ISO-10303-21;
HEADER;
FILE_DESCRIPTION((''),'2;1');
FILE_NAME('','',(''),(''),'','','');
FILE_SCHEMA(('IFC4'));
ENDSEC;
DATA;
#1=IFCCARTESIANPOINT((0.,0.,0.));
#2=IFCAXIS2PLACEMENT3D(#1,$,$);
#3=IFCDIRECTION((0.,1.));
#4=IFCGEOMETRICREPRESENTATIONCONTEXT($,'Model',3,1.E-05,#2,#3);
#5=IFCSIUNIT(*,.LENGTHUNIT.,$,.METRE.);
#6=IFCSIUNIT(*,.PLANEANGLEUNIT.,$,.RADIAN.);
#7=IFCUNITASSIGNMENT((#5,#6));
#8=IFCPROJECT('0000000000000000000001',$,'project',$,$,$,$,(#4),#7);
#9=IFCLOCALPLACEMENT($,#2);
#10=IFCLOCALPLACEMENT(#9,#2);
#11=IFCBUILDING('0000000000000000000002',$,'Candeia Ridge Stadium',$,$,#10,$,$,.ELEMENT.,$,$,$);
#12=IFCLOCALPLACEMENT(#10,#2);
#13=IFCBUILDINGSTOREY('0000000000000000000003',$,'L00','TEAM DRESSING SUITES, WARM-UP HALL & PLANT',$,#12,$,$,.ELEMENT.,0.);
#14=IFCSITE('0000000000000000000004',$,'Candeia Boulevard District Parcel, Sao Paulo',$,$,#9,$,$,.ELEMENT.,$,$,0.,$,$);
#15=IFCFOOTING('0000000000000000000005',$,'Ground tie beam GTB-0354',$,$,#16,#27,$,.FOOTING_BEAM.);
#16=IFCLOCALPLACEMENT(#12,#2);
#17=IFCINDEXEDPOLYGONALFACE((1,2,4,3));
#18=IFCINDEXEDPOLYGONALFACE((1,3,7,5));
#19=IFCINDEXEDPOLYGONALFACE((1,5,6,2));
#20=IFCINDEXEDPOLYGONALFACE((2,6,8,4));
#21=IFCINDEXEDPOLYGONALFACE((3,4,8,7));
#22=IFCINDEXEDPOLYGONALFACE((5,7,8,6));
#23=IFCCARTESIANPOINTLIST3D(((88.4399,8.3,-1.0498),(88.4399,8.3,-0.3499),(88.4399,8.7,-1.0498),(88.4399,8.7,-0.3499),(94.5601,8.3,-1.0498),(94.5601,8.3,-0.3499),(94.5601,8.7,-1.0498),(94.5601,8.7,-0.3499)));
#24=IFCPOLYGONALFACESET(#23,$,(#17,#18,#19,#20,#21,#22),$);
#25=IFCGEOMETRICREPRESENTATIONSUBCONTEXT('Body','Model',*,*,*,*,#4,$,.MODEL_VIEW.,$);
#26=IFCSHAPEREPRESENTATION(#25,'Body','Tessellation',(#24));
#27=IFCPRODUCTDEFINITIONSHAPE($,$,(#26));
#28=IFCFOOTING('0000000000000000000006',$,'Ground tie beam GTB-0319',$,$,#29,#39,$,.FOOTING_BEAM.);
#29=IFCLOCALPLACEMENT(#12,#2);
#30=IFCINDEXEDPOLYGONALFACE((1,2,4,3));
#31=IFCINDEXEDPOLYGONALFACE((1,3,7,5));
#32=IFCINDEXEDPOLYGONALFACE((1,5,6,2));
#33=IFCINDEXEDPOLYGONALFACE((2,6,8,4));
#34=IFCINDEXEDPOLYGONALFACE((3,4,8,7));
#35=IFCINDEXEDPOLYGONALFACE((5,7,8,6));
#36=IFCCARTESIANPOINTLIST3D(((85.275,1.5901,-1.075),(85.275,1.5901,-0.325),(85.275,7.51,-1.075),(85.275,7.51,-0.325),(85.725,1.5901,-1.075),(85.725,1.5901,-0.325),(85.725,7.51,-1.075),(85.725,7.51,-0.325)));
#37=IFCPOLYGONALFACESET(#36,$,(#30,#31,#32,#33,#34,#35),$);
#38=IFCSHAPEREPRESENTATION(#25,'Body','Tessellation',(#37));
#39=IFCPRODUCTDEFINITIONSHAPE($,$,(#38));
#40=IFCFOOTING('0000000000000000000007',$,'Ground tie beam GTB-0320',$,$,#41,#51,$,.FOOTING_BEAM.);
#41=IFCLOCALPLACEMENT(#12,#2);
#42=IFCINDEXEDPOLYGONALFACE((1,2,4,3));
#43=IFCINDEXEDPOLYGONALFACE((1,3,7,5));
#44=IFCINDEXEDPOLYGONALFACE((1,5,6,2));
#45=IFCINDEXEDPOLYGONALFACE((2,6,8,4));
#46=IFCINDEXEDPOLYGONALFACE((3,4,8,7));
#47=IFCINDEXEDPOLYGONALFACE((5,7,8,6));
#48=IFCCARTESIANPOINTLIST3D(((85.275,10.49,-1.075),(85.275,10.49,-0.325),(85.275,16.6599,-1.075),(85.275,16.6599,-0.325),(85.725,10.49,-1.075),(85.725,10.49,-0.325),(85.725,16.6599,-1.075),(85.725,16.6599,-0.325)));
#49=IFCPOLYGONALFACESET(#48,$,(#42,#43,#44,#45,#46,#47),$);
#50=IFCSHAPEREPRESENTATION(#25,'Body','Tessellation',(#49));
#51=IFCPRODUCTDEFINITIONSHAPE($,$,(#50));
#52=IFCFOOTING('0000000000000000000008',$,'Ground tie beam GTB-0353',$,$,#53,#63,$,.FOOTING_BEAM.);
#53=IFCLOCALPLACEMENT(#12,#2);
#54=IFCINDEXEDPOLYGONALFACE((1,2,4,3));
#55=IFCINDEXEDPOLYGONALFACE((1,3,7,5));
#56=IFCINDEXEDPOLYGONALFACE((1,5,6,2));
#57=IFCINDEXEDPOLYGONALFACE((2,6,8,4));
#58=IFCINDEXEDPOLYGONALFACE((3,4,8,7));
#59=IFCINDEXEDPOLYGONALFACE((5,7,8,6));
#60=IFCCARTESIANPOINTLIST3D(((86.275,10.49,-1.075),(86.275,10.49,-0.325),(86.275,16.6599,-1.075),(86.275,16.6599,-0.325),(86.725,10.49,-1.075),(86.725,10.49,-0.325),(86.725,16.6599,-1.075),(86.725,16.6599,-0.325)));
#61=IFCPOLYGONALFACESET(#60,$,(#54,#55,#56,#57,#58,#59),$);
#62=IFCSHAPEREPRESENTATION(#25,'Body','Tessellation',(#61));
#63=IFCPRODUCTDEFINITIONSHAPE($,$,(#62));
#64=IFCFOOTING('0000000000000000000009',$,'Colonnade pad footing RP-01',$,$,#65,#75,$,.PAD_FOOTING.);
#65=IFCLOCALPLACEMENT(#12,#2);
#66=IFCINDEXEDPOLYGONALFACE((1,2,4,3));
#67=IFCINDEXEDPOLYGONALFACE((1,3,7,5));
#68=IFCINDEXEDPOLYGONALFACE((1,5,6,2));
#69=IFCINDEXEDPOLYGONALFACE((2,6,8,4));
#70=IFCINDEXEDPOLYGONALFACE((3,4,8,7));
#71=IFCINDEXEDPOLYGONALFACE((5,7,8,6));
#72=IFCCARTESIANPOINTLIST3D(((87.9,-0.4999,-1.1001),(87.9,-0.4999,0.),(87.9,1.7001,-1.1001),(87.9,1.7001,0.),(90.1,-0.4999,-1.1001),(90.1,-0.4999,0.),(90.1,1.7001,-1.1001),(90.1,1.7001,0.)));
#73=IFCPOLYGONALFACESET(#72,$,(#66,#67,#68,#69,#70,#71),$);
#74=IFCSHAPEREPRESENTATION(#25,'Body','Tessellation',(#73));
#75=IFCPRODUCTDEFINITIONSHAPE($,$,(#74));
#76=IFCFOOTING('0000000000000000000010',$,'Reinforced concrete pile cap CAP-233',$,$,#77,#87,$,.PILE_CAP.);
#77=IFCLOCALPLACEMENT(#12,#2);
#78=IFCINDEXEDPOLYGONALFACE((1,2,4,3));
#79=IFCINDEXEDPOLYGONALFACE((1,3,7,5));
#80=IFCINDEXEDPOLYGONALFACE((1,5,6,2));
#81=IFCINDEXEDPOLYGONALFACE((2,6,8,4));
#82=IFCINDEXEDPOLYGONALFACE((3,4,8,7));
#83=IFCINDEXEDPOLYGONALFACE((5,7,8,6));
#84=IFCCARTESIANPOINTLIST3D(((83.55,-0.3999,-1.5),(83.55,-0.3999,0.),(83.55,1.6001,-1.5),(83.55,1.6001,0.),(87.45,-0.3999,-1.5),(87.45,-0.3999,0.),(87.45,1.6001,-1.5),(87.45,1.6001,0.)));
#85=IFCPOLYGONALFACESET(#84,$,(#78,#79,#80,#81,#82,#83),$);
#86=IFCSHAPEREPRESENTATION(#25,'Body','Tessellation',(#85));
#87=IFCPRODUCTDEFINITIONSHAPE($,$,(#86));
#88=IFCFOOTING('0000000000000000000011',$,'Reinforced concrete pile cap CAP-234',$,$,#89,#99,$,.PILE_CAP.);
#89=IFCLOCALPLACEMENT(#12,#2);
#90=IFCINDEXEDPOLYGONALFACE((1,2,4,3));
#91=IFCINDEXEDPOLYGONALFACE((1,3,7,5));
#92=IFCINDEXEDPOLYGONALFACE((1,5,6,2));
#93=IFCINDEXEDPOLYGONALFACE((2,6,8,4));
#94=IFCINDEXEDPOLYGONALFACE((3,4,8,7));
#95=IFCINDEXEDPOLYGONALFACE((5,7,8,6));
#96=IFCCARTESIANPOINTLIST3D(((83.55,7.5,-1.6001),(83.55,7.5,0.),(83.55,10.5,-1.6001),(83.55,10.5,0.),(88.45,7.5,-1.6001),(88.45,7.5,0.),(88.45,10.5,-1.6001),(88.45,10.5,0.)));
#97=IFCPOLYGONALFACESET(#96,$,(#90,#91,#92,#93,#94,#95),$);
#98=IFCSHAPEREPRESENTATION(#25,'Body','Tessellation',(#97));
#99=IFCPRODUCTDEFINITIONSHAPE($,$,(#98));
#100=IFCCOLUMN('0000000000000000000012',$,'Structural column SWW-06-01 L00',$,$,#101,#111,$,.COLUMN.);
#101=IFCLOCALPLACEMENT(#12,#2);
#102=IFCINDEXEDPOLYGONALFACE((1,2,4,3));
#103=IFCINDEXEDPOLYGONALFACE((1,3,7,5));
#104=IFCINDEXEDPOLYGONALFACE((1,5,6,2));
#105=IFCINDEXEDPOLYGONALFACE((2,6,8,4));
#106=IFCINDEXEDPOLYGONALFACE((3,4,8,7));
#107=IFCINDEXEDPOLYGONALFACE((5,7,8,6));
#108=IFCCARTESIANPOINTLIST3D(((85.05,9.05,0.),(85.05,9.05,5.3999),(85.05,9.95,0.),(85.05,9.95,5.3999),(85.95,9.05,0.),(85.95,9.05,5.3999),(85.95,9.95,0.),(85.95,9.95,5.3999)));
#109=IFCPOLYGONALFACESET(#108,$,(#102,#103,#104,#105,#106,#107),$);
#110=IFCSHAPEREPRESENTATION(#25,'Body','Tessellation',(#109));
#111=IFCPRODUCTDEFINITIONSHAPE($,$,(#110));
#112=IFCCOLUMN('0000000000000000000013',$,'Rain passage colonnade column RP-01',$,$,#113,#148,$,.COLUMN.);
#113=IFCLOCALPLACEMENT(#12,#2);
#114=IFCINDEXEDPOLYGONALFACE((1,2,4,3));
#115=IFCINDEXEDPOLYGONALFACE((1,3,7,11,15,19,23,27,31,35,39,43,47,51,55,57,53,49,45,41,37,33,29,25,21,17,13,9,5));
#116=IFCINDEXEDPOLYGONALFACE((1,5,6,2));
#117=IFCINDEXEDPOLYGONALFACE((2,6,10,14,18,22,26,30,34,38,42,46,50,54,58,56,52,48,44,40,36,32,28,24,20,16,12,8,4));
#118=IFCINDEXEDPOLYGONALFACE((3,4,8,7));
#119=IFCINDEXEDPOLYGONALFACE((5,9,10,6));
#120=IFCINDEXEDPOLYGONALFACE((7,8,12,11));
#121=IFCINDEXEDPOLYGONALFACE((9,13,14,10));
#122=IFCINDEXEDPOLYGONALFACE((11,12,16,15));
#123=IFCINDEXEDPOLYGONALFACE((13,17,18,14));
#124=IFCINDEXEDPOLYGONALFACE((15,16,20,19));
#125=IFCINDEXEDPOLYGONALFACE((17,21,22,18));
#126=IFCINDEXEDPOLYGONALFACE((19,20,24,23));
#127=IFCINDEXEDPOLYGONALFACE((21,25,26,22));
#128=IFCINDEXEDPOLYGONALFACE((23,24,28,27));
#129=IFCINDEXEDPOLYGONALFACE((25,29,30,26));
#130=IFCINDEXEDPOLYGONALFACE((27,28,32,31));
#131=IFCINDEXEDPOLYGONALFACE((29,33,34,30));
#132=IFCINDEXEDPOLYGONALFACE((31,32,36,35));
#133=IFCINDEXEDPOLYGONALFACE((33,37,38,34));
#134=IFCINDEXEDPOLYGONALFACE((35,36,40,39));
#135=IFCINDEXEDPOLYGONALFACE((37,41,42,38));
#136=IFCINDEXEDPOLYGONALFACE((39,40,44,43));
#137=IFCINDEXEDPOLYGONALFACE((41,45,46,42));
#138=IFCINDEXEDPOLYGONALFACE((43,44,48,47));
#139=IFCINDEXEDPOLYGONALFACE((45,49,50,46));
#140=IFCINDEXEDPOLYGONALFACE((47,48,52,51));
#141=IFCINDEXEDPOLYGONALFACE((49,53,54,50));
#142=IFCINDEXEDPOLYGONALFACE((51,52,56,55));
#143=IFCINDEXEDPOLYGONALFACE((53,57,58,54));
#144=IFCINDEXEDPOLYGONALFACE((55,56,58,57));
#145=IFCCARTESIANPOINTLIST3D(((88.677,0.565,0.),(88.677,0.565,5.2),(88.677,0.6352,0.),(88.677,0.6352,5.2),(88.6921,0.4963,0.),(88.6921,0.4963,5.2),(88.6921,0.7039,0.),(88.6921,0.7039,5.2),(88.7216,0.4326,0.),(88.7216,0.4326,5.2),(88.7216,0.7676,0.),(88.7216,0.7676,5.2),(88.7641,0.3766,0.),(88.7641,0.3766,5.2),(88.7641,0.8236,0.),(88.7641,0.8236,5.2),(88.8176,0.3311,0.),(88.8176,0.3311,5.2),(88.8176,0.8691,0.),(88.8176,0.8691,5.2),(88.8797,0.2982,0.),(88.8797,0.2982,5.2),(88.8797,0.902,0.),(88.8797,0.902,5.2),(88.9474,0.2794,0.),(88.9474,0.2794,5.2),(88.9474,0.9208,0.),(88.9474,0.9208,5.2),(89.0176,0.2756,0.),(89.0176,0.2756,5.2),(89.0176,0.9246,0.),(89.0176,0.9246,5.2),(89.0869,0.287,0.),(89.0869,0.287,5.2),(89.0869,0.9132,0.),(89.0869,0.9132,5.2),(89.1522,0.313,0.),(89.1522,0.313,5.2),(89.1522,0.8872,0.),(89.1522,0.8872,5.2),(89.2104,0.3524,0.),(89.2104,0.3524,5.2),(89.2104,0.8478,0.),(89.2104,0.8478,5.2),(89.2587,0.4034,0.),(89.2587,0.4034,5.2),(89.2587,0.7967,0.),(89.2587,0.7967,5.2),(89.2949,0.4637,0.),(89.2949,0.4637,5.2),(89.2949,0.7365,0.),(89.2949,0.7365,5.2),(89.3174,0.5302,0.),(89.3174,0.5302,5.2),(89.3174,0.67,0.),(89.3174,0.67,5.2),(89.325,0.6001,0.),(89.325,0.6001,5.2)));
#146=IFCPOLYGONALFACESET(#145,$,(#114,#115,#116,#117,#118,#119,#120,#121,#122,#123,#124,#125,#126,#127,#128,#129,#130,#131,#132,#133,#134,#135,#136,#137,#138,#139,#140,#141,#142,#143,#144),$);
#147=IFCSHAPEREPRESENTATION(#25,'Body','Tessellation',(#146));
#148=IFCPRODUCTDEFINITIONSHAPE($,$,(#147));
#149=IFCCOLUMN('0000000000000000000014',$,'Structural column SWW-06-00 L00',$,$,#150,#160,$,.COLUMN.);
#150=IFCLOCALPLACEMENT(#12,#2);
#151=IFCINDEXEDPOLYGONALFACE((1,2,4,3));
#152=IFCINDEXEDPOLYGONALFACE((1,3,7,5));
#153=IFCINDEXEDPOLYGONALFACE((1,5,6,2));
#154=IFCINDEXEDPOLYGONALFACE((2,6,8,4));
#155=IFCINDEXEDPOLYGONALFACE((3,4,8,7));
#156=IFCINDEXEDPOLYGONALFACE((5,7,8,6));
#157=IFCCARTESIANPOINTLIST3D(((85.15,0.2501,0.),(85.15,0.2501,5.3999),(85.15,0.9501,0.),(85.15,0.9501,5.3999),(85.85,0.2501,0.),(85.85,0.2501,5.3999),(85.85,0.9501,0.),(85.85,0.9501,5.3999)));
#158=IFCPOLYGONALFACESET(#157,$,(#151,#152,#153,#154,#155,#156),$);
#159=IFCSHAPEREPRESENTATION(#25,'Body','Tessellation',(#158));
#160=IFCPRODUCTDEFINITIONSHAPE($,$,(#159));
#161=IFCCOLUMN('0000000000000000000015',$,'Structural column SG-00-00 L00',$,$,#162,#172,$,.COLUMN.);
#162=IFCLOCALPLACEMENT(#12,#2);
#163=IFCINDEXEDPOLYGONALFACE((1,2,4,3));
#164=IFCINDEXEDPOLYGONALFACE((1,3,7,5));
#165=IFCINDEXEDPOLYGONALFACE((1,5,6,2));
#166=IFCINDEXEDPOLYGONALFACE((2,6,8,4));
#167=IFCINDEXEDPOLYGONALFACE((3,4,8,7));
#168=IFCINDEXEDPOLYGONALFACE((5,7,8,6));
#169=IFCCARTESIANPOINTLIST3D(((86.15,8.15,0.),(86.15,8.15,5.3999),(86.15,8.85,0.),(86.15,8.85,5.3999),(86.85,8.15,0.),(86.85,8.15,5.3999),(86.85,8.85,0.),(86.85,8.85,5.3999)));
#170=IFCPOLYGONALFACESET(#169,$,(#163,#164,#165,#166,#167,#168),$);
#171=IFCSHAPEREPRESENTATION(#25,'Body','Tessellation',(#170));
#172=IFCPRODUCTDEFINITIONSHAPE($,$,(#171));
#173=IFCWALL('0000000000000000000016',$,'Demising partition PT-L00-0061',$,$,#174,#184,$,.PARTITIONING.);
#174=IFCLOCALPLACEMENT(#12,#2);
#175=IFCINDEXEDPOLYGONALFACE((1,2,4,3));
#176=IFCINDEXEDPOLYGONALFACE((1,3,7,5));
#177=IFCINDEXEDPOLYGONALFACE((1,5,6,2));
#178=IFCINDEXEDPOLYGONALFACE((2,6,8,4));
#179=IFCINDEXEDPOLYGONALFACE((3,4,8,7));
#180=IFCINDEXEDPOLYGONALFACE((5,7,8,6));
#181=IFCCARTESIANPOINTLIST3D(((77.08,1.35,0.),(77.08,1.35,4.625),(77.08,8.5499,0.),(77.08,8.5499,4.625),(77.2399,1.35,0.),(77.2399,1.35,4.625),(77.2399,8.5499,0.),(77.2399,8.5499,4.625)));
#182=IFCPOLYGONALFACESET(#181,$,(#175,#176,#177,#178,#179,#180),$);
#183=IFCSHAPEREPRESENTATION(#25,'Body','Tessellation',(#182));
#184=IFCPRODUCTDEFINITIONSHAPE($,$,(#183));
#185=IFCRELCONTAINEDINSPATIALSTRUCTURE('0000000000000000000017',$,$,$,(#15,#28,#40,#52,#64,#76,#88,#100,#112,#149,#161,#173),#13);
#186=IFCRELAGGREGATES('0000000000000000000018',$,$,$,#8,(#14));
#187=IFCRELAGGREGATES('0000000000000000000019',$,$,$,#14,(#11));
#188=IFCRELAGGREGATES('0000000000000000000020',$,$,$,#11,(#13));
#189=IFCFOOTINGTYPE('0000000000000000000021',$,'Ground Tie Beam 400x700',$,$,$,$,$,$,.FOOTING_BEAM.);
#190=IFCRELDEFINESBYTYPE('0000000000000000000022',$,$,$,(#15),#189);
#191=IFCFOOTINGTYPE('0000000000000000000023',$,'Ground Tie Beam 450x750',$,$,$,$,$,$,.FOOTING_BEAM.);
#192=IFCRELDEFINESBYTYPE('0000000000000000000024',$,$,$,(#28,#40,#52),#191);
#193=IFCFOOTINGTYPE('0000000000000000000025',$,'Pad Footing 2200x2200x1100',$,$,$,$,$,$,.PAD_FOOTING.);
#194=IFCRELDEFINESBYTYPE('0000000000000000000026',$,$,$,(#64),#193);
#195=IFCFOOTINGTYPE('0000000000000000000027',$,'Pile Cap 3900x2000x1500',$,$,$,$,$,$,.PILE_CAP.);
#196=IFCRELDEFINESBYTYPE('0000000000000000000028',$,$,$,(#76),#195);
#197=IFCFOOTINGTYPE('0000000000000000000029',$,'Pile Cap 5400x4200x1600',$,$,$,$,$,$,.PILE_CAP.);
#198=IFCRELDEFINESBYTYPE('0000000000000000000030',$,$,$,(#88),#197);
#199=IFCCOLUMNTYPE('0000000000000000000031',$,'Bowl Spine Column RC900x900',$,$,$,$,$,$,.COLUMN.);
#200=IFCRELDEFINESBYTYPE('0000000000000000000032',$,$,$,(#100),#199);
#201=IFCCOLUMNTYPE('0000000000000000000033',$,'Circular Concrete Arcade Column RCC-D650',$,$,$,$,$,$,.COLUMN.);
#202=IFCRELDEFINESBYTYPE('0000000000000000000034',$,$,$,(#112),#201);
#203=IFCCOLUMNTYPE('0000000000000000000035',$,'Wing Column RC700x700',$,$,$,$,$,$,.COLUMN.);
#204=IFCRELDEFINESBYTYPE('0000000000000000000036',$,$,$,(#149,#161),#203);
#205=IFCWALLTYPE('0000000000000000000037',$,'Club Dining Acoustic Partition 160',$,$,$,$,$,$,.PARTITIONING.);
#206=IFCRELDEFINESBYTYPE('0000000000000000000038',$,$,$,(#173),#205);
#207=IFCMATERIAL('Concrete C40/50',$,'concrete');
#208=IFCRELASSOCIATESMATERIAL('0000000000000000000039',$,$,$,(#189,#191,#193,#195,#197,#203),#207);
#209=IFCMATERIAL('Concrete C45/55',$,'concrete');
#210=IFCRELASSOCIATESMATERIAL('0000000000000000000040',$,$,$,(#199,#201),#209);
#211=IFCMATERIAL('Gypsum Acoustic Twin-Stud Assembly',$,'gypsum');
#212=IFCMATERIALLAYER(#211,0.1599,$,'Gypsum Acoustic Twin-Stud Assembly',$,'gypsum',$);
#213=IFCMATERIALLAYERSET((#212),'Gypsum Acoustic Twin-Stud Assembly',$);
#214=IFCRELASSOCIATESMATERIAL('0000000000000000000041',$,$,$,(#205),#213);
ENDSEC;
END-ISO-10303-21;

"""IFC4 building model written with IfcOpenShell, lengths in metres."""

from ifc_helpers import new_model, si_unit, direction, frame, frame_2d, origin, origin_2d, place, context, subcontext, project, spatial, rectangle, circle, extrude, material, layer, layer_set, material_profile, profile_set, type_object, element, save


model = new_model("IFC4")

# Units and contexts
model_context = context("Model", 3, precision=1e-05, world=origin(), true_north=direction((0.0, 1.0)))
body_context = subcontext(model_context, "Body", "Model", "MODEL_VIEW")
ifc_project = project(units=[si_unit("LENGTHUNIT", "METRE"), si_unit("PLANEANGLEUNIT", "RADIAN")], contexts=[model_context])

# Site, building, storey
site_placement = place(None, origin())
site = spatial("IfcSite", under=ifc_project, at=site_placement, Name="Candeia Boulevard District Parcel, Sao Paulo", CompositionType="ELEMENT", RefElevation=0.0)
building_placement = place(site_placement, origin())
building = spatial("IfcBuilding", under=site, at=building_placement, Name="Candeia Ridge Stadium", CompositionType="ELEMENT")
storey_placement = place(building_placement, origin())
storey = spatial("IfcBuildingStorey", under=building, at=storey_placement, Name="L00", Description="TEAM DRESSING SUITES, WARM-UP HALL & PLANT", CompositionType="ELEMENT", Elevation=0.0)

# Shared definitions
ifc_material_1 = material(Name="Concrete C40/50", Category="concrete")

# Footings
footing_type_1 = type_object("IfcFootingType", Name="Ground Tie Beam 400x700", PredefinedType="FOOTING_BEAM", material=ifc_material_1)
for number, where, z_axis, x_axis, name in (
    (1, (91.5, 8.5, -1.0498), (0.0, 0.0, 1.0), (1.0, 0.0, 0.0), "Ground tie beam GTB-0354"),
):
    element("IfcFooting", number, at=place(storey_placement, frame(where, z_axis=z_axis, x_axis=x_axis)), inside=storey, type_object=footing_type_1, Name=name, PredefinedType="FOOTING_BEAM", context=body_context, shape_type="SweptSolid", body=[
        extrude(rectangle(XDim=6.1201, YDim=0.3999, at=origin_2d()), origin(), (0.0, 0.0, 1.0), 0.7),
    ])
footing_type_2 = type_object("IfcFootingType", Name="Ground Tie Beam 450x750", PredefinedType="FOOTING_BEAM", material=ifc_material_1)
footing_1_placement = place(storey_placement, frame((85.5, 4.55, -1.075), z_axis=(0.0, 0.0, 1.0), x_axis=(0.0, 1.0, 0.0)))
element("IfcFooting", 2, at=footing_1_placement, inside=storey, type_object=footing_type_2, Name="Ground tie beam GTB-0319", PredefinedType="FOOTING_BEAM", context=body_context, shape_type="SweptSolid", body=[
    extrude(rectangle(XDim=5.9199, YDim=0.45, at=origin_2d()), origin(), (0.0, 0.0, 1.0), 0.75),
])
for number, where, z_axis, x_axis, name in (
    (3, (85.5, 13.575, -1.075), (0.0, 0.0, 1.0), (0.0, 1.0, 0.0), "Ground tie beam GTB-0320"),
    (4, (86.5, 13.575, -1.075), (0.0, 0.0, 1.0), (0.0, 1.0, 0.0), "Ground tie beam GTB-0353"),
):
    element("IfcFooting", number, at=place(storey_placement, frame(where, z_axis=z_axis, x_axis=x_axis)), inside=storey, type_object=footing_type_2, Name=name, PredefinedType="FOOTING_BEAM", context=body_context, shape_type="SweptSolid", body=[
        extrude(rectangle(XDim=6.1699, YDim=0.45, at=origin_2d()), origin(), (0.0, 0.0, 1.0), 0.75),
    ])
footing_type_3 = type_object("IfcFootingType", Name="Pad Footing 2200x2200x1100", PredefinedType="PAD_FOOTING", material=ifc_material_1)
footing_2_placement = place(storey_placement, frame((89.0, 0.6001, -1.1001), z_axis=(0.0, 0.0, 1.0), x_axis=(1.0, 0.0, 0.0)))
element("IfcFooting", 5, at=footing_2_placement, inside=storey, type_object=footing_type_3, Name="Colonnade pad footing RP-01", PredefinedType="PAD_FOOTING", context=body_context, shape_type="SweptSolid", body=[
    extrude(rectangle(XDim=2.2, YDim=2.2, at=origin_2d()), origin(), (0.0, 0.0, 1.0), 1.1001),
])
footing_type_4 = type_object("IfcFootingType", Name="Pile Cap 3900x2000x1500", PredefinedType="PILE_CAP", material=ifc_material_1)
footing_3_placement = place(storey_placement, frame((85.5, 0.6001, -1.5), z_axis=(0.0, 0.0, 1.0), x_axis=(1.0, 0.0, 0.0)))
element("IfcFooting", 6, at=footing_3_placement, inside=storey, type_object=footing_type_4, Name="Reinforced concrete pile cap CAP-233", PredefinedType="PILE_CAP", context=body_context, shape_type="SweptSolid", body=[
    extrude(rectangle(XDim=3.8999, YDim=2.0, at=origin_2d()), origin(), (0.0, 0.0, 1.0), 1.5),
])
footing_type_5 = type_object("IfcFootingType", Name="Pile Cap 5400x4200x1600", PredefinedType="PILE_CAP", material=ifc_material_1)
footing_4_placement = place(storey_placement, frame((86.0, 9.0, -1.6001), z_axis=(0.0, 0.0, 1.0), x_axis=(1.0, 0.0, 0.0)))
element("IfcFooting", 7, at=footing_4_placement, inside=storey, type_object=footing_type_5, Name="Reinforced concrete pile cap CAP-234", PredefinedType="PILE_CAP", context=body_context, shape_type="SweptSolid", body=[
    extrude(rectangle(XDim=4.8999, YDim=3.0, at=origin_2d()), origin(), (0.0, 0.0, 1.0), 1.6001),
])

# Columns
ifc_material_2 = material(Name="Concrete C45/55", Category="concrete")
ifc_material_profile_1 = material_profile(ifc_material_2, rectangle(XDim=0.8999, YDim=0.8999, at=origin_2d()), Name="RC900x900", Category="concrete")
ifc_profile_set_1 = profile_set([ifc_material_profile_1], Name="Concrete C45/55")
column_type_1 = type_object("IfcColumnType", Name="Bowl Spine Column RC900x900", PredefinedType="COLUMN", material=ifc_profile_set_1)
column_1_placement = place(storey_placement, frame((85.5, 9.5, 0.0), z_axis=(0.0, 0.0, 1.0), x_axis=(1.0, 0.0, 0.0)))
element("IfcColumn", 8, at=column_1_placement, inside=storey, type_object=column_type_1, Name="Structural column SWW-06-01 L00", PredefinedType="COLUMN", context=body_context, shape_type="SweptSolid", body=[
    extrude(rectangle(XDim=0.8999, YDim=0.8999, at=origin_2d()), origin(), (0.0, 0.0, 1.0), 5.3999),
])
ifc_material_profile_2 = material_profile(ifc_material_2, circle(Radius=0.325, at=origin_2d()), Name="RCC-D650", Category="concrete")
ifc_profile_set_2 = profile_set([ifc_material_profile_2], Name="Concrete C45/55")
column_type_2 = type_object("IfcColumnType", Name="Circular Concrete Arcade Column RCC-D650", PredefinedType="COLUMN", material=ifc_profile_set_2)
column_2_placement = place(storey_placement, frame((89.0, 0.6001, 0.0), z_axis=(0.0, 0.0, 1.0), x_axis=(1.0, 0.0, 0.0)))
element("IfcColumn", 9, at=column_2_placement, inside=storey, type_object=column_type_2, Name="Rain passage colonnade column RP-01", PredefinedType="COLUMN", context=body_context, shape_type="SweptSolid", body=[
    extrude(circle(Radius=0.325, at=origin_2d()), origin(), (0.0, 0.0, 1.0), 5.2),
])
ifc_material_profile_3 = material_profile(ifc_material_1, rectangle(XDim=0.7, YDim=0.7, at=origin_2d()), Name="RC700x700", Category="concrete")
ifc_profile_set_3 = profile_set([ifc_material_profile_3], Name="Concrete C40/50")
column_type_3 = type_object("IfcColumnType", Name="Wing Column RC700x700", PredefinedType="COLUMN", material=ifc_profile_set_3)
for number, where, z_axis, x_axis, name in (
    (10, (85.5, 0.6001, 0.0), (0.0, 0.0, 1.0), (1.0, 0.0, 0.0), "Structural column SWW-06-00 L00"),
    (11, (86.5, 8.5, 0.0), (0.0, 0.0, 1.0), (1.0, 0.0, 0.0), "Structural column SG-00-00 L00"),
):
    element("IfcColumn", number, at=place(storey_placement, frame(where, z_axis=z_axis, x_axis=x_axis)), inside=storey, type_object=column_type_3, Name=name, PredefinedType="COLUMN", context=body_context, shape_type="SweptSolid", body=[
        extrude(rectangle(XDim=0.7, YDim=0.7, at=origin_2d()), origin(), (0.0, 0.0, 1.0), 5.3999),
    ])

# Wall
ifc_material_3 = material(Name="Gypsum Acoustic Twin-Stud Assembly", Category="gypsum")
ifc_layer_1 = layer(ifc_material_3, 0.1599, Name="Gypsum Acoustic Twin-Stud Assembly", Category="gypsum")
ifc_layer_set_1 = layer_set([ifc_layer_1], Name="Gypsum Acoustic Twin-Stud Assembly")
wall_type_1 = type_object("IfcWallType", Name="Club Dining Acoustic Partition 160", PredefinedType="PARTITIONING", material=ifc_layer_set_1)
wall_1_placement = place(storey_placement, frame((77.1599, 8.55, 0.0), z_axis=(0.0, 0.0, 1.0), x_axis=(0.0, -1.0, 0.0)))
element("IfcWall", 12, at=wall_1_placement, inside=storey, type_object=wall_type_1, Name="Demising partition PT-L00-0061", PredefinedType="PARTITIONING", context=body_context, shape_type="SweptSolid", body=[
    extrude(rectangle(XDim=7.2, YDim=0.1599, at=frame_2d((3.6001, 0.0))), origin(), (0.0, 0.0, 1.0), 4.625),
])

save(model, "model.ifc")
